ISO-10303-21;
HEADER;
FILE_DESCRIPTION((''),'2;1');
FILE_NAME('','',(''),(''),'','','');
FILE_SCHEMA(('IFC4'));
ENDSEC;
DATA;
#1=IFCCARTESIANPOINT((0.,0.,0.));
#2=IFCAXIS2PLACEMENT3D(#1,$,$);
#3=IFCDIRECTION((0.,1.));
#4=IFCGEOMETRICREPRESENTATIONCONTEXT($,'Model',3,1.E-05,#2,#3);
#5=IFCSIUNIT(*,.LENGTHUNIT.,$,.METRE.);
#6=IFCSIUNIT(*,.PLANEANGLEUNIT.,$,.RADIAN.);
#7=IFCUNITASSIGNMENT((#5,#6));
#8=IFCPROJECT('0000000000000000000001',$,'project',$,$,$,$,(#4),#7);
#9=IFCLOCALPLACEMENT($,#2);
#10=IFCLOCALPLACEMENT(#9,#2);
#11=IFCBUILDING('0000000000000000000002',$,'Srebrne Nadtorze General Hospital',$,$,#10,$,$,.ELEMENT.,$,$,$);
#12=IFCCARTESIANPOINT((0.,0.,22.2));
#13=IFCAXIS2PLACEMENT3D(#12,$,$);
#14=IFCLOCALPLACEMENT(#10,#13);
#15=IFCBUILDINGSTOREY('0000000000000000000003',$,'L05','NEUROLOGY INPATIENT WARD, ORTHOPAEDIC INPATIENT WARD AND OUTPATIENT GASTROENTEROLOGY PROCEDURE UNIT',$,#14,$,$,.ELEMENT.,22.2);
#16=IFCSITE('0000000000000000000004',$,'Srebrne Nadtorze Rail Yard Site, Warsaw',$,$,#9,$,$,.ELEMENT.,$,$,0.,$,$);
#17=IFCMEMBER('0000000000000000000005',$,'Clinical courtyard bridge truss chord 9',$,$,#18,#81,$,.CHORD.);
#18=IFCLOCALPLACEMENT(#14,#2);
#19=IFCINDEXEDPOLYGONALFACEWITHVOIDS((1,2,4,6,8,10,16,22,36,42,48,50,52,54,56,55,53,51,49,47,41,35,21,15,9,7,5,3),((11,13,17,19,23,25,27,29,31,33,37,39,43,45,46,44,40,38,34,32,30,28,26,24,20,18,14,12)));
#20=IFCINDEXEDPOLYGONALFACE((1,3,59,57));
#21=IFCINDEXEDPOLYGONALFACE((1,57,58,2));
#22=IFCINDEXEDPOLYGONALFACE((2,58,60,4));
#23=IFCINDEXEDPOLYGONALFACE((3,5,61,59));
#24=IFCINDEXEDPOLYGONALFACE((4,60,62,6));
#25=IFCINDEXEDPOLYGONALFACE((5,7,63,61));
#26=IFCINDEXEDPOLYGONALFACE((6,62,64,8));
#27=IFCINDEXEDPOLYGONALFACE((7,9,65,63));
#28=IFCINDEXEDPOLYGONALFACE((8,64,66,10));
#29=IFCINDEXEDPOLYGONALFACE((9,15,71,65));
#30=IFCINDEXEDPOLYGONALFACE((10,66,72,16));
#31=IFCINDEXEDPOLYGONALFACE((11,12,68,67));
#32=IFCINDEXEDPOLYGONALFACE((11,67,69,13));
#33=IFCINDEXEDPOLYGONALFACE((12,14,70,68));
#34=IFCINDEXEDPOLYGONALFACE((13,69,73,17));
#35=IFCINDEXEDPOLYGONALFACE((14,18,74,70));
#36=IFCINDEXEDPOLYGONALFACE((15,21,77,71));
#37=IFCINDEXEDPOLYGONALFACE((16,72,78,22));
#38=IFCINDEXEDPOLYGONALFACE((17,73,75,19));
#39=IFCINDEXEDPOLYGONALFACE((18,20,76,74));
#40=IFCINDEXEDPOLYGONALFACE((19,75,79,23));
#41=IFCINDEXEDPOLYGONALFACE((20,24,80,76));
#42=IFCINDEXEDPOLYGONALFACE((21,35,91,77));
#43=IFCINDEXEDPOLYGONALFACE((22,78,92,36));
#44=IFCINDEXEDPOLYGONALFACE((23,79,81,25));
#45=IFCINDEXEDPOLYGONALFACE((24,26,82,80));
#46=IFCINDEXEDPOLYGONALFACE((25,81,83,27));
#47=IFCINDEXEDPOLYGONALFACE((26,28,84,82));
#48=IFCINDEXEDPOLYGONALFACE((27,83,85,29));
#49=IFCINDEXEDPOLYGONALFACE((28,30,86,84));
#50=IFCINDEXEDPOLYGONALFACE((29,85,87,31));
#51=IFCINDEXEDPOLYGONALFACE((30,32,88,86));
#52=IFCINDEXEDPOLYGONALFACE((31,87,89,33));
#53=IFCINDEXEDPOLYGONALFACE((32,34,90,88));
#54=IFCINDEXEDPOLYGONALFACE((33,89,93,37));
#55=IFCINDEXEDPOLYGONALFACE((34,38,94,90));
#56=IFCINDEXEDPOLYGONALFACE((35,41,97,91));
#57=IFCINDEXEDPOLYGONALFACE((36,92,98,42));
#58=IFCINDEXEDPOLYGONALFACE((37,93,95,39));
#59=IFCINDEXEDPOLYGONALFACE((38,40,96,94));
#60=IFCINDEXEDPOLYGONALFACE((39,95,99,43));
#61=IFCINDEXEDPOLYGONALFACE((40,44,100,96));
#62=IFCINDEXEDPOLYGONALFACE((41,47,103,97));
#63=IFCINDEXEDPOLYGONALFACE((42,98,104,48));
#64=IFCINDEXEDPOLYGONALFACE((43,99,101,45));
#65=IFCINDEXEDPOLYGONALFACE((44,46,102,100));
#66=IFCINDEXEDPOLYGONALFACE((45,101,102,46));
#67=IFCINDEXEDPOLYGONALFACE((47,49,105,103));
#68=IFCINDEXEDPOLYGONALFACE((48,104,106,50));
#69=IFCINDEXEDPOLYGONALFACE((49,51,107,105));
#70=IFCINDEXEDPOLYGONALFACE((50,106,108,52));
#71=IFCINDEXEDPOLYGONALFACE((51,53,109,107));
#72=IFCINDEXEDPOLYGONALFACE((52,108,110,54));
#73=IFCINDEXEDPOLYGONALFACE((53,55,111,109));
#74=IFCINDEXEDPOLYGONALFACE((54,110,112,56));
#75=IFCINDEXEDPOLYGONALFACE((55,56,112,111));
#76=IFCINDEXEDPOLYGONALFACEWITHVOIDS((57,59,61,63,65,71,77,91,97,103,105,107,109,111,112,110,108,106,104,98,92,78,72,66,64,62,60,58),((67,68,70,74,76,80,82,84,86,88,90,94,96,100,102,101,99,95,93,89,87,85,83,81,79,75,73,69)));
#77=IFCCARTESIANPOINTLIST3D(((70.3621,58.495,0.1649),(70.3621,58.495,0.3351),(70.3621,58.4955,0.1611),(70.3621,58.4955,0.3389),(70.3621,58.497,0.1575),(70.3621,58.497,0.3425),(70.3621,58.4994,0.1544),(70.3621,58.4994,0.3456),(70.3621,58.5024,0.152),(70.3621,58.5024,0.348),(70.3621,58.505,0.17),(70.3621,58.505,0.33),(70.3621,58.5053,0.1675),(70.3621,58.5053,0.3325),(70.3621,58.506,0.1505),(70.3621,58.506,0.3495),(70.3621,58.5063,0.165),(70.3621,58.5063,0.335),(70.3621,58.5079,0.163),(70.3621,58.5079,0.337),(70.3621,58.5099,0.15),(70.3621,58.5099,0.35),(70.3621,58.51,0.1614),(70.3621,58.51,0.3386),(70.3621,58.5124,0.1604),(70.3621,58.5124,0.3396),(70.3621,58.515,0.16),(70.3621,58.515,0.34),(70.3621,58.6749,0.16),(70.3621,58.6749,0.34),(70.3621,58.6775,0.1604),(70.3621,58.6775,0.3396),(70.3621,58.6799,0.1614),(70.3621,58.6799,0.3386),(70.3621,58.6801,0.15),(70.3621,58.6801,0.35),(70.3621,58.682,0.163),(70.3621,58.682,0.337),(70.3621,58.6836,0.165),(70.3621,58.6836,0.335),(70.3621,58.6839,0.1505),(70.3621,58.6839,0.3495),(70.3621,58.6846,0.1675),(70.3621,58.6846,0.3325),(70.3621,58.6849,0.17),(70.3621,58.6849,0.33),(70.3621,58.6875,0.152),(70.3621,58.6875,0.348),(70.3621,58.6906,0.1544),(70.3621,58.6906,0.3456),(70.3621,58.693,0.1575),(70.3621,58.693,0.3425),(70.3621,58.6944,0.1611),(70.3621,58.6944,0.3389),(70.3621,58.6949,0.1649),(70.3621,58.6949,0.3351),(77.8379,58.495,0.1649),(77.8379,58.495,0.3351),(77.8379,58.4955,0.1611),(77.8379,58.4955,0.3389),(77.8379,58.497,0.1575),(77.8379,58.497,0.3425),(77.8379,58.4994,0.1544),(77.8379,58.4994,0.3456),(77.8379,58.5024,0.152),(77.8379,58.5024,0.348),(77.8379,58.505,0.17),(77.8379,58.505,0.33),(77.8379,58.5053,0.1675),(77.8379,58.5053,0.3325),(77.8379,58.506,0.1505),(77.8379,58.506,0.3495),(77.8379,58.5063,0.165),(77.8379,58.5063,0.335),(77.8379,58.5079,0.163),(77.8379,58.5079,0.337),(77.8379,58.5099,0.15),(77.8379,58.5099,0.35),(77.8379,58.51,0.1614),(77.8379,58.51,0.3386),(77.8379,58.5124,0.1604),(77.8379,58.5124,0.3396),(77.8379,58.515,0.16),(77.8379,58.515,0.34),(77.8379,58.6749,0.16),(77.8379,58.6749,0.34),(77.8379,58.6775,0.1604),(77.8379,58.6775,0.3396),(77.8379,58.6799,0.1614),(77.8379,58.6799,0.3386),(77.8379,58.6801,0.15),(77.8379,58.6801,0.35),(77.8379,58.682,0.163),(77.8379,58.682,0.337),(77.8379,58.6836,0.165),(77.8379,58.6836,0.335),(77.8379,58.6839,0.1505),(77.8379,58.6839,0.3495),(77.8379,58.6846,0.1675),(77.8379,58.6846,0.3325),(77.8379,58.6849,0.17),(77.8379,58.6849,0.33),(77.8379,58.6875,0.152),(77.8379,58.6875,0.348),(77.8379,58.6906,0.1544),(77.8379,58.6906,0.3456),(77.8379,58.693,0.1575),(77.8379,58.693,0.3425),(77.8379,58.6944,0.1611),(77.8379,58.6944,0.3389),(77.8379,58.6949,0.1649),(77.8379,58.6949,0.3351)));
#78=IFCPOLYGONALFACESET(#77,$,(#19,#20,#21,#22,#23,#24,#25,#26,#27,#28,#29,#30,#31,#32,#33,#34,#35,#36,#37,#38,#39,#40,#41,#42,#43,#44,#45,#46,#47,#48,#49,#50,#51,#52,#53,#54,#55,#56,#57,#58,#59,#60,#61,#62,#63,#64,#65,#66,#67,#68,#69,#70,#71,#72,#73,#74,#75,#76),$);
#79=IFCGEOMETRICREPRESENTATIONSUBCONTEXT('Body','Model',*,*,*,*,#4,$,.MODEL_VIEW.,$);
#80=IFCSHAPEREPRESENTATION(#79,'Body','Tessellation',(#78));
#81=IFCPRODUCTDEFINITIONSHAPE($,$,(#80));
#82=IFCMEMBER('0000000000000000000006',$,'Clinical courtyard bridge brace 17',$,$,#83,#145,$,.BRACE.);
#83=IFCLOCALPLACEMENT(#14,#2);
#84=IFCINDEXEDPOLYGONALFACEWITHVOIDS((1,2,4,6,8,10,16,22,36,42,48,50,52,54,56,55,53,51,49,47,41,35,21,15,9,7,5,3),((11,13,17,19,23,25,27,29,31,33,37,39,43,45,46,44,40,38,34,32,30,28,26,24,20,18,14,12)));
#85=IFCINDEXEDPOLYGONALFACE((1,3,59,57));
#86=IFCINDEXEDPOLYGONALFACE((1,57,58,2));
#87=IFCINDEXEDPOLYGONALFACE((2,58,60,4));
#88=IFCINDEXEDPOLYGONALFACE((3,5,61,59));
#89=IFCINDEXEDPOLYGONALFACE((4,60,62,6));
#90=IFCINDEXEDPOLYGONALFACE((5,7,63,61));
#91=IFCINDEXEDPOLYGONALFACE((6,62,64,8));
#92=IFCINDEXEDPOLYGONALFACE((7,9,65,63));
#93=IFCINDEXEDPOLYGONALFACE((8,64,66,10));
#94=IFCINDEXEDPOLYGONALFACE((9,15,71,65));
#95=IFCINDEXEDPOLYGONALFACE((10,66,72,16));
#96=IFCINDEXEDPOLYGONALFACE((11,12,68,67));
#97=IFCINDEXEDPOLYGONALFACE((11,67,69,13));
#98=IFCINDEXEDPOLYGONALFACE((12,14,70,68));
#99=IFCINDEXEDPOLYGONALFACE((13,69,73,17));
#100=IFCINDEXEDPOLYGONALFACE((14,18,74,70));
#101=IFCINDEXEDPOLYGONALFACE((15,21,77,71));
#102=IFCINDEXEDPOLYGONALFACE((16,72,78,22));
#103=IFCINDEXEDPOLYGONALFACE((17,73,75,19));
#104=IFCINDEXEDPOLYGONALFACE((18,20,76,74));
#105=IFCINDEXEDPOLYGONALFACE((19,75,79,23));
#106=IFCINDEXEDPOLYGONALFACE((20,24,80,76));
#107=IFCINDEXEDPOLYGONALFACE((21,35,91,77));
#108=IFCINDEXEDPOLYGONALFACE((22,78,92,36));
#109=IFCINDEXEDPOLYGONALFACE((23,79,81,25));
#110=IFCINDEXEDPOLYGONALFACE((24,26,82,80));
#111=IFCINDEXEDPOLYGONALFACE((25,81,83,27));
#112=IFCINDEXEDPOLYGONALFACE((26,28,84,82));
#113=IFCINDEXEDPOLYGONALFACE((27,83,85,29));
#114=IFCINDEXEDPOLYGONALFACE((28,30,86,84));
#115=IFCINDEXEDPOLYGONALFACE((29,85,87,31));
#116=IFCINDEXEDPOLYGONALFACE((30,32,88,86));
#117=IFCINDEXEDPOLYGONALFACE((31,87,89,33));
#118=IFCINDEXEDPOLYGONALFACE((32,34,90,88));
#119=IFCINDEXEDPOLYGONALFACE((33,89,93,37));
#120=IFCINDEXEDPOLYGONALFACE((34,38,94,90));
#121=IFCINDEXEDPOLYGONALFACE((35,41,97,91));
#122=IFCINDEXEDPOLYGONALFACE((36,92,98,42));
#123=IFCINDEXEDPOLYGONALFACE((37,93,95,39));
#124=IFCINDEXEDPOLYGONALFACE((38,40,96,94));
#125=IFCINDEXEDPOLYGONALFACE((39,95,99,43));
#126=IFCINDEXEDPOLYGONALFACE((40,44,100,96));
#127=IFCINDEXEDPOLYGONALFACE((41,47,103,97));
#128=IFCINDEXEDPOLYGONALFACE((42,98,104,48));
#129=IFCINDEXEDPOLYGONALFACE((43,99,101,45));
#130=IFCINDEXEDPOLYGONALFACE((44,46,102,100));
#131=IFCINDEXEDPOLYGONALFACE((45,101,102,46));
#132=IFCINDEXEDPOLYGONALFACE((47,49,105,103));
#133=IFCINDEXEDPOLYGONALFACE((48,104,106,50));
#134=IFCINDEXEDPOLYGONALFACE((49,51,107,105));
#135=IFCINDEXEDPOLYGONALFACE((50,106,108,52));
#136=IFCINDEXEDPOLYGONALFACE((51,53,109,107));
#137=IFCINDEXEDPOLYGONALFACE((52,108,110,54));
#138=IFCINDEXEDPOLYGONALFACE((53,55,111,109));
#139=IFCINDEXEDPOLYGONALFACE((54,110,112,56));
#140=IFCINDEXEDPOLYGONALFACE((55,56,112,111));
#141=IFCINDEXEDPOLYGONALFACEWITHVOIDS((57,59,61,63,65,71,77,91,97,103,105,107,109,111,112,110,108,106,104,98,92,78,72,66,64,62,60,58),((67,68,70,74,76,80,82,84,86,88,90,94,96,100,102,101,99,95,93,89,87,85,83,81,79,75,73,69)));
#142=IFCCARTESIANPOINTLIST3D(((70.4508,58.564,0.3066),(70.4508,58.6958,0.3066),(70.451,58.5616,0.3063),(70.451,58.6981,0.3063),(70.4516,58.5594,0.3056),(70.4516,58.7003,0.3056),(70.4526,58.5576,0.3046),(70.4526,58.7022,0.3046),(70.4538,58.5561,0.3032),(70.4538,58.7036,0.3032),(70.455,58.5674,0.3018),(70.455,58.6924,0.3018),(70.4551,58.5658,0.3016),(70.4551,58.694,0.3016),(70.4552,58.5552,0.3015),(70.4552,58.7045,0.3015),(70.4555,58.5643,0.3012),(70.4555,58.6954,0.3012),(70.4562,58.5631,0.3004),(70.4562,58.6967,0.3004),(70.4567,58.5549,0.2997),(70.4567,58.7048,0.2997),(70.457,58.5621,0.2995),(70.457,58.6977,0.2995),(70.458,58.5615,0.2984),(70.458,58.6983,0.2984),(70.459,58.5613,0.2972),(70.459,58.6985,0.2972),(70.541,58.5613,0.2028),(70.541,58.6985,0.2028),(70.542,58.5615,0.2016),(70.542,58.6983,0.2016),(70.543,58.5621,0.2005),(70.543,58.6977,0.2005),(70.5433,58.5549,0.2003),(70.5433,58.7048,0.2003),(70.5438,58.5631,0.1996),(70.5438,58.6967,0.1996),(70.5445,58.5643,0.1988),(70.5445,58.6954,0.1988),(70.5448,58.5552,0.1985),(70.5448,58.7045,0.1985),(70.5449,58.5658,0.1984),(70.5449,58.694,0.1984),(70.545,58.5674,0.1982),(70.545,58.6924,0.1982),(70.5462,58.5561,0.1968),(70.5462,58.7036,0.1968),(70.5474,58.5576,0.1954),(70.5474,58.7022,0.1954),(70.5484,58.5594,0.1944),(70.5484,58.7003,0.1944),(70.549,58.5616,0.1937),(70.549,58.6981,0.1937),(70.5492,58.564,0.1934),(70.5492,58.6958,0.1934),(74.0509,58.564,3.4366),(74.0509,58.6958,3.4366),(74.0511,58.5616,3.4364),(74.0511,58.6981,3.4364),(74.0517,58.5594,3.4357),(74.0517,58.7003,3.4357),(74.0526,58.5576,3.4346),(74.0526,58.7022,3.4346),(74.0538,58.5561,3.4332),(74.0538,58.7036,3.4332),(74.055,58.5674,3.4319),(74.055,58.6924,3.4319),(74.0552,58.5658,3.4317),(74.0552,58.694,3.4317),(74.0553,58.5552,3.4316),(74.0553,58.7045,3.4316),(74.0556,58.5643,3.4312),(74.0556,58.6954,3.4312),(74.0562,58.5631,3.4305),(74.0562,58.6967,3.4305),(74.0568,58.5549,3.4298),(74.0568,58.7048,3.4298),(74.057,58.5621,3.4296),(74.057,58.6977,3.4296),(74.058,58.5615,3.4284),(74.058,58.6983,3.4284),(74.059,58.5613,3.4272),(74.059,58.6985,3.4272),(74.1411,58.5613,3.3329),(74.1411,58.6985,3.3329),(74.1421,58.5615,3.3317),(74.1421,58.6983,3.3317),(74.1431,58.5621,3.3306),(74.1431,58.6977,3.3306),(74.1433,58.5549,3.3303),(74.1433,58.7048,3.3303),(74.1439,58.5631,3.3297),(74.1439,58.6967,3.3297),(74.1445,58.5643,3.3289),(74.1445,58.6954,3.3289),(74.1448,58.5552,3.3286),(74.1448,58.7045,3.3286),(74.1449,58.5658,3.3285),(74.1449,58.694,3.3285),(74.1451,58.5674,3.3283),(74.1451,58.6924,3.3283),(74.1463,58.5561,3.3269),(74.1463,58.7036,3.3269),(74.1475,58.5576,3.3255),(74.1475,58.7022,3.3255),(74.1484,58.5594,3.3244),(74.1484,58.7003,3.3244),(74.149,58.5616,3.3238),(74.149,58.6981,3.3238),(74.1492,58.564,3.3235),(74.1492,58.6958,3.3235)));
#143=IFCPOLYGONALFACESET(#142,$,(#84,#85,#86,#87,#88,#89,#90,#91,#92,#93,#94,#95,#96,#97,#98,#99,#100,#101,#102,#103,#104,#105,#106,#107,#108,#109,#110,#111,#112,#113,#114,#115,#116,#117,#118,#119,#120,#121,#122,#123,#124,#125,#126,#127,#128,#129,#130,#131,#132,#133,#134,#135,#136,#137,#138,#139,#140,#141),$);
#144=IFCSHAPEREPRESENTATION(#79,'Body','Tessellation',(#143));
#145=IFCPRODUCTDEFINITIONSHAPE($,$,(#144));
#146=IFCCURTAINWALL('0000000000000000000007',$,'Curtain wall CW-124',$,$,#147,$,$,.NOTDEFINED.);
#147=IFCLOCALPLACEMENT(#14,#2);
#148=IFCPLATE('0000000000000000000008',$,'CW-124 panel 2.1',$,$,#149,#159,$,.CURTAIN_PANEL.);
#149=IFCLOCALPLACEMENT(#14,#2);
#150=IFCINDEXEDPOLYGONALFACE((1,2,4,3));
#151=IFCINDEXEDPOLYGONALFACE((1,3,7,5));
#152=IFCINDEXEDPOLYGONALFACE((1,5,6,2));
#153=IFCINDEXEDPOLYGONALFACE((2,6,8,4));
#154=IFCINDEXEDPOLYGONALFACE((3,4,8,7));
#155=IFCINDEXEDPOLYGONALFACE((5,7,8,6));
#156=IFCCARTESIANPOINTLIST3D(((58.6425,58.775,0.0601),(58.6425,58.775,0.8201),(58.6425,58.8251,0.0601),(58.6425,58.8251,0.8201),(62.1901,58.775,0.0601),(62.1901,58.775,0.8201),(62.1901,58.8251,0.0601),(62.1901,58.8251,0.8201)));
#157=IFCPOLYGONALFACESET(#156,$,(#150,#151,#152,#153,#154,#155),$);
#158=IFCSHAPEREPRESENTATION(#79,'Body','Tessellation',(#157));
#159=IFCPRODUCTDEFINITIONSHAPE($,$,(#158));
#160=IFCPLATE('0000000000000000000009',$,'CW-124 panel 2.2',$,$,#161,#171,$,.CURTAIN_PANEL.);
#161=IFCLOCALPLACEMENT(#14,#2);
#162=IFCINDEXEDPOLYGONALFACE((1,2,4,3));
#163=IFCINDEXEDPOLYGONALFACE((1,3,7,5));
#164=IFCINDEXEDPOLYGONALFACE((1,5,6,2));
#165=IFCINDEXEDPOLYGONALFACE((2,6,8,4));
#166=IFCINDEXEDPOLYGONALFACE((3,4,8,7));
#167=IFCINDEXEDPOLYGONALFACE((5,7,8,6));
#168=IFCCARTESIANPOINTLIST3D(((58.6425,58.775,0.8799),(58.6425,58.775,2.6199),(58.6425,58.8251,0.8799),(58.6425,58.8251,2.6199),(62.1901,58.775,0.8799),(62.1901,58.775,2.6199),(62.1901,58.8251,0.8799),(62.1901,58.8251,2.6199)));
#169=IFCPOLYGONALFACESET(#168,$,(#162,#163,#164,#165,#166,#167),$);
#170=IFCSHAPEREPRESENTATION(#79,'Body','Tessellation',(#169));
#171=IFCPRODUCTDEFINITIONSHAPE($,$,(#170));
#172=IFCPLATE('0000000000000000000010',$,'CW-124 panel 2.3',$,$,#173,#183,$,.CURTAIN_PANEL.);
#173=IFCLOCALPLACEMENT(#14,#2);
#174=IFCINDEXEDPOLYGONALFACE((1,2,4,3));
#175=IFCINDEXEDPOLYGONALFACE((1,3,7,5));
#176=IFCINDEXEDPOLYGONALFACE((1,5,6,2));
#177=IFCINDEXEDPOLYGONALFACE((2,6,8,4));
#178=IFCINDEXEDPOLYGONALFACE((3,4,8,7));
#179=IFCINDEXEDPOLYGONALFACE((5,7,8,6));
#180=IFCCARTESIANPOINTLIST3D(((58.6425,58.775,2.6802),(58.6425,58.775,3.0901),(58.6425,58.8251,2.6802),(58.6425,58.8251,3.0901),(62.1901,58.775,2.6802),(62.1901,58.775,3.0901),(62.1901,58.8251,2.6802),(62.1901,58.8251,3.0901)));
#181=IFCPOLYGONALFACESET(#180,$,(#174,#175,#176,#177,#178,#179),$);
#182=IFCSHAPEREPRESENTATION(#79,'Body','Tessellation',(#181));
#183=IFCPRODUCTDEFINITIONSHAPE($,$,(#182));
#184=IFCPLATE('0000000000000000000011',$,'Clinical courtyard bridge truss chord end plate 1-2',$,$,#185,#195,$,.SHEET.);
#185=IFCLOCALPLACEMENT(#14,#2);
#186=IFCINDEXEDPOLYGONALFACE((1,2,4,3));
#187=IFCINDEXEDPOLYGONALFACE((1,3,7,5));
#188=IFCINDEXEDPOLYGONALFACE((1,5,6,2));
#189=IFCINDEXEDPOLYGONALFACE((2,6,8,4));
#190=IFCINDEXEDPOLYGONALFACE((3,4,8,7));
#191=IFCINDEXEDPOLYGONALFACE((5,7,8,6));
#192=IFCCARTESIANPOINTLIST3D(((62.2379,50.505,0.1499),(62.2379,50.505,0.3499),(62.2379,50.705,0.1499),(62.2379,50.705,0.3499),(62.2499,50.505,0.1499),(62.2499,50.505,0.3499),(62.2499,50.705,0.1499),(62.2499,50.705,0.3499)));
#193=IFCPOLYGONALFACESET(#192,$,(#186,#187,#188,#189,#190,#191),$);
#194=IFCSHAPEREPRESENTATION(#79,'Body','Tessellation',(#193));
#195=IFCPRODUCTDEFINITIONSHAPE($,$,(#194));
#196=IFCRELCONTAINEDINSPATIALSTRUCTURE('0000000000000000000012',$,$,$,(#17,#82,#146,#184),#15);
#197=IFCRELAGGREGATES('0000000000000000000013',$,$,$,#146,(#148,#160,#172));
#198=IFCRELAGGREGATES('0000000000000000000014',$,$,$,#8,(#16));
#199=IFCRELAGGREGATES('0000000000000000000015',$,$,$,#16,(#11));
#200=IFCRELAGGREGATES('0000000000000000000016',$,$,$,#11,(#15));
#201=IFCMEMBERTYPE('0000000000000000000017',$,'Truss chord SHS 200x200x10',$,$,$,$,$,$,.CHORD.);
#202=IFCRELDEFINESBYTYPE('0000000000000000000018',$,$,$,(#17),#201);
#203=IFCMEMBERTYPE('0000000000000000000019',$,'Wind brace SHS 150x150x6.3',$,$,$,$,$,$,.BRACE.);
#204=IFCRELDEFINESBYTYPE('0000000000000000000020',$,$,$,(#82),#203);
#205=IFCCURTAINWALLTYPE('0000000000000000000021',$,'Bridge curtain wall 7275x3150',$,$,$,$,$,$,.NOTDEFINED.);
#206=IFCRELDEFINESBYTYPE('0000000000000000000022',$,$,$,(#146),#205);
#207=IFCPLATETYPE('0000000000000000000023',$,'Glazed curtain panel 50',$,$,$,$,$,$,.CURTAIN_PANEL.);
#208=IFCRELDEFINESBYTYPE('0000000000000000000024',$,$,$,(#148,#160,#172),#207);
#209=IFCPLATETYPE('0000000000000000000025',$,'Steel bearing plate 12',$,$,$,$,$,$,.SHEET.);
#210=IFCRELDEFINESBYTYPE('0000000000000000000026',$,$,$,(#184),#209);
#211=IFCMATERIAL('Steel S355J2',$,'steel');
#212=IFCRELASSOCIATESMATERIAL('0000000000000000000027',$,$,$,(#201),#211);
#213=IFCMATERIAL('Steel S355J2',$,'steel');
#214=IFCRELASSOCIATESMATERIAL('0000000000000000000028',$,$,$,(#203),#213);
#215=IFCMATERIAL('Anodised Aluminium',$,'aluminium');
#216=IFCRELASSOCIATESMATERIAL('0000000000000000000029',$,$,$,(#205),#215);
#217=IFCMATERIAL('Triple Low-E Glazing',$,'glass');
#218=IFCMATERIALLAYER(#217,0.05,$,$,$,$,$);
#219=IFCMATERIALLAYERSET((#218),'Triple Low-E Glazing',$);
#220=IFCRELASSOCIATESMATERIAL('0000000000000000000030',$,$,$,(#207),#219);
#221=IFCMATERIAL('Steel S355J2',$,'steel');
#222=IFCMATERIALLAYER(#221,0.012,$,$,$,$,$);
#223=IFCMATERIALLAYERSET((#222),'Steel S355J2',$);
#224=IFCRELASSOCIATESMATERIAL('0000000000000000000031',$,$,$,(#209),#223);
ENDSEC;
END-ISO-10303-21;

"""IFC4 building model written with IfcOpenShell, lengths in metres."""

from ifc_helpers import new_model, si_unit, direction, frame, origin, origin_2d, place, context, subcontext, project, spatial, rectangle, hollow_rectangle, extrude, material, layer, layer_set, material_profile, profile_set, type_object, element, aggregate, save


model = new_model("IFC4")

# Units and contexts
model_context = context("Model", 3, precision=1e-05, world=origin(), true_north=direction((0.0, 1.0)))
body_context = subcontext(model_context, "Body", "Model", "MODEL_VIEW")
ifc_project = project(units=[si_unit("LENGTHUNIT", "METRE"), si_unit("PLANEANGLEUNIT", "RADIAN")], contexts=[model_context])

# Site, building, storey
site_placement = place(None, origin())
site = spatial("IfcSite", under=ifc_project, at=site_placement, Name="Srebrne Nadtorze Rail Yard Site, Warsaw", CompositionType="ELEMENT", RefElevation=0.0)
building_placement = place(site_placement, origin())
building = spatial("IfcBuilding", under=site, at=building_placement, Name="Srebrne Nadtorze General Hospital", CompositionType="ELEMENT")
storey_placement = place(building_placement, frame((0.0, 0.0, 22.2)))
storey = spatial("IfcBuildingStorey", under=building, at=storey_placement, Name="L05", Description="NEUROLOGY INPATIENT WARD, ORTHOPAEDIC INPATIENT WARD AND OUTPATIENT GASTROENTEROLOGY PROCEDURE UNIT", CompositionType="ELEMENT", Elevation=22.2)

# Members
ifc_material_1 = material(Name="Steel S355J2", Category="steel")
ifc_material_profile_1 = material_profile(ifc_material_1, hollow_rectangle(XDim=0.2, YDim=0.2, WallThickness=0.01, InnerFilletRadius=0.01, OuterFilletRadius=0.0149, at=origin_2d()), Name="SHS-200x200x10")
ifc_profile_set_1 = profile_set([ifc_material_profile_1], Name="Steel S355J2")
member_type_1 = type_object("IfcMemberType", Name="Truss chord SHS 200x200x10", PredefinedType="CHORD", material=ifc_profile_set_1)
member_1_placement = place(storey_placement, frame((70.3621, 58.595, 0.25), z_axis=(1.0, 0.0, 0.0), x_axis=(0.0, 1.0, 0.0)))
element("IfcMember", 1, at=member_1_placement, inside=storey, type_object=member_type_1, Name="Clinical courtyard bridge truss chord 9", PredefinedType="CHORD", context=body_context, shape_type="SweptSolid", body=[
    extrude(hollow_rectangle(XDim=0.2, YDim=0.2, WallThickness=0.01, InnerFilletRadius=0.01, OuterFilletRadius=0.0149, at=origin_2d()), origin(), (0.0, 0.0, 1.0), 7.4758),
])
ifc_material_2 = material(Name="Steel S355J2", Category="steel")
ifc_material_profile_2 = material_profile(ifc_material_2, hollow_rectangle(XDim=0.1499, YDim=0.1499, WallThickness=0.0063, InnerFilletRadius=0.0061, OuterFilletRadius=0.009, at=origin_2d()), Name="SHS-150x150x6.3")
ifc_profile_set_2 = profile_set([ifc_material_profile_2], Name="Steel S355J2")
member_type_2 = type_object("IfcMemberType", Name="Wind brace SHS 150x150x6.3", PredefinedType="BRACE", material=ifc_profile_set_2)
member_2_placement = place(storey_placement, frame((70.5, 58.6299, 0.25), z_axis=(0.754646, 0.0, 0.656132), x_axis=(0.0, 1.0, 0.0)))
element("IfcMember", 2, at=member_2_placement, inside=storey, type_object=member_type_2, Name="Clinical courtyard bridge brace 17", PredefinedType="BRACE", context=body_context, shape_type="SweptSolid", body=[
    extrude(hollow_rectangle(XDim=0.1499, YDim=0.1499, WallThickness=0.0063, InnerFilletRadius=0.0061, OuterFilletRadius=0.009, at=origin_2d()), origin(), (0.0, 0.0, 1.0), 4.7705),
])

# Curtain wall, plates
ifc_material_3 = material(Name="Anodised Aluminium", Category="aluminium")
curtain_wall_type = type_object("IfcCurtainWallType", Name="Bridge curtain wall 7275x3150", PredefinedType="NOTDEFINED", material=ifc_material_3)
curtain_wall_placement = place(storey_placement, origin())
curtain_wall = element("IfcCurtainWall", 3, at=curtain_wall_placement, inside=storey, type_object=curtain_wall_type, Name="Curtain wall CW-124", PredefinedType="NOTDEFINED")
ifc_material_4 = material(Name="Triple Low-E Glazing", Category="glass")
ifc_layer_1 = layer(ifc_material_4, 0.05)
ifc_layer_set_1 = layer_set([ifc_layer_1], Name="Triple Low-E Glazing")
plate_type_1 = type_object("IfcPlateType", Name="Glazed curtain panel 50", PredefinedType="CURTAIN_PANEL", material=ifc_layer_set_1)
plate_1_placement = place(storey_placement, frame((60.4163, 58.8, 0.0601), z_axis=(0.0, 0.0, 1.0), x_axis=(1.0, 0.0, 0.0)))
plate_1 = element("IfcPlate", 4, at=plate_1_placement, type_object=plate_type_1, Name="CW-124 panel 2.1", PredefinedType="CURTAIN_PANEL", context=body_context, shape_type="SweptSolid", body=[
    extrude(rectangle(XDim=3.5476, YDim=0.05, at=origin_2d()), origin(), (0.0, 0.0, 1.0), 0.76),
])
plate_2_placement = place(storey_placement, frame((60.4163, 58.8, 0.8799), z_axis=(0.0, 0.0, 1.0), x_axis=(1.0, 0.0, 0.0)))
plate_2 = element("IfcPlate", 5, at=plate_2_placement, type_object=plate_type_1, Name="CW-124 panel 2.2", PredefinedType="CURTAIN_PANEL", context=body_context, shape_type="SweptSolid", body=[
    extrude(rectangle(XDim=3.5476, YDim=0.05, at=origin_2d()), origin(), (0.0, 0.0, 1.0), 1.74),
])
plate_3_placement = place(storey_placement, frame((60.4163, 58.8, 2.6802), z_axis=(0.0, 0.0, 1.0), x_axis=(1.0, 0.0, 0.0)))
plate_3 = element("IfcPlate", 6, at=plate_3_placement, type_object=plate_type_1, Name="CW-124 panel 2.3", PredefinedType="CURTAIN_PANEL", context=body_context, shape_type="SweptSolid", body=[
    extrude(rectangle(XDim=3.5476, YDim=0.05, at=origin_2d()), origin(), (0.0, 0.0, 1.0), 0.4099),
])
aggregate(curtain_wall, [plate_1, plate_2, plate_3])

# Plate
ifc_material_5 = material(Name="Steel S355J2", Category="steel")
ifc_layer_2 = layer(ifc_material_5, 0.012)
ifc_layer_set_2 = layer_set([ifc_layer_2], Name="Steel S355J2")
plate_type_2 = type_object("IfcPlateType", Name="Steel bearing plate 12", PredefinedType="SHEET", material=ifc_layer_set_2)
for number, where, z_axis, x_axis, name in (
    (7, (62.2439, 50.605, 0.1499), (0.0, 0.0, 1.0), (1.0, 0.0, 0.0), "Clinical courtyard bridge truss chord end plate 1-2"),
):
    element("IfcPlate", number, at=place(storey_placement, frame(where, z_axis=z_axis, x_axis=x_axis)), inside=storey, type_object=plate_type_2, Name=name, PredefinedType="SHEET", context=body_context, shape_type="SweptSolid", body=[
        extrude(rectangle(XDim=0.012, YDim=0.2, at=origin_2d()), origin(), (0.0, 0.0, 1.0), 0.2),
    ])

save(model, "model.ifc")
